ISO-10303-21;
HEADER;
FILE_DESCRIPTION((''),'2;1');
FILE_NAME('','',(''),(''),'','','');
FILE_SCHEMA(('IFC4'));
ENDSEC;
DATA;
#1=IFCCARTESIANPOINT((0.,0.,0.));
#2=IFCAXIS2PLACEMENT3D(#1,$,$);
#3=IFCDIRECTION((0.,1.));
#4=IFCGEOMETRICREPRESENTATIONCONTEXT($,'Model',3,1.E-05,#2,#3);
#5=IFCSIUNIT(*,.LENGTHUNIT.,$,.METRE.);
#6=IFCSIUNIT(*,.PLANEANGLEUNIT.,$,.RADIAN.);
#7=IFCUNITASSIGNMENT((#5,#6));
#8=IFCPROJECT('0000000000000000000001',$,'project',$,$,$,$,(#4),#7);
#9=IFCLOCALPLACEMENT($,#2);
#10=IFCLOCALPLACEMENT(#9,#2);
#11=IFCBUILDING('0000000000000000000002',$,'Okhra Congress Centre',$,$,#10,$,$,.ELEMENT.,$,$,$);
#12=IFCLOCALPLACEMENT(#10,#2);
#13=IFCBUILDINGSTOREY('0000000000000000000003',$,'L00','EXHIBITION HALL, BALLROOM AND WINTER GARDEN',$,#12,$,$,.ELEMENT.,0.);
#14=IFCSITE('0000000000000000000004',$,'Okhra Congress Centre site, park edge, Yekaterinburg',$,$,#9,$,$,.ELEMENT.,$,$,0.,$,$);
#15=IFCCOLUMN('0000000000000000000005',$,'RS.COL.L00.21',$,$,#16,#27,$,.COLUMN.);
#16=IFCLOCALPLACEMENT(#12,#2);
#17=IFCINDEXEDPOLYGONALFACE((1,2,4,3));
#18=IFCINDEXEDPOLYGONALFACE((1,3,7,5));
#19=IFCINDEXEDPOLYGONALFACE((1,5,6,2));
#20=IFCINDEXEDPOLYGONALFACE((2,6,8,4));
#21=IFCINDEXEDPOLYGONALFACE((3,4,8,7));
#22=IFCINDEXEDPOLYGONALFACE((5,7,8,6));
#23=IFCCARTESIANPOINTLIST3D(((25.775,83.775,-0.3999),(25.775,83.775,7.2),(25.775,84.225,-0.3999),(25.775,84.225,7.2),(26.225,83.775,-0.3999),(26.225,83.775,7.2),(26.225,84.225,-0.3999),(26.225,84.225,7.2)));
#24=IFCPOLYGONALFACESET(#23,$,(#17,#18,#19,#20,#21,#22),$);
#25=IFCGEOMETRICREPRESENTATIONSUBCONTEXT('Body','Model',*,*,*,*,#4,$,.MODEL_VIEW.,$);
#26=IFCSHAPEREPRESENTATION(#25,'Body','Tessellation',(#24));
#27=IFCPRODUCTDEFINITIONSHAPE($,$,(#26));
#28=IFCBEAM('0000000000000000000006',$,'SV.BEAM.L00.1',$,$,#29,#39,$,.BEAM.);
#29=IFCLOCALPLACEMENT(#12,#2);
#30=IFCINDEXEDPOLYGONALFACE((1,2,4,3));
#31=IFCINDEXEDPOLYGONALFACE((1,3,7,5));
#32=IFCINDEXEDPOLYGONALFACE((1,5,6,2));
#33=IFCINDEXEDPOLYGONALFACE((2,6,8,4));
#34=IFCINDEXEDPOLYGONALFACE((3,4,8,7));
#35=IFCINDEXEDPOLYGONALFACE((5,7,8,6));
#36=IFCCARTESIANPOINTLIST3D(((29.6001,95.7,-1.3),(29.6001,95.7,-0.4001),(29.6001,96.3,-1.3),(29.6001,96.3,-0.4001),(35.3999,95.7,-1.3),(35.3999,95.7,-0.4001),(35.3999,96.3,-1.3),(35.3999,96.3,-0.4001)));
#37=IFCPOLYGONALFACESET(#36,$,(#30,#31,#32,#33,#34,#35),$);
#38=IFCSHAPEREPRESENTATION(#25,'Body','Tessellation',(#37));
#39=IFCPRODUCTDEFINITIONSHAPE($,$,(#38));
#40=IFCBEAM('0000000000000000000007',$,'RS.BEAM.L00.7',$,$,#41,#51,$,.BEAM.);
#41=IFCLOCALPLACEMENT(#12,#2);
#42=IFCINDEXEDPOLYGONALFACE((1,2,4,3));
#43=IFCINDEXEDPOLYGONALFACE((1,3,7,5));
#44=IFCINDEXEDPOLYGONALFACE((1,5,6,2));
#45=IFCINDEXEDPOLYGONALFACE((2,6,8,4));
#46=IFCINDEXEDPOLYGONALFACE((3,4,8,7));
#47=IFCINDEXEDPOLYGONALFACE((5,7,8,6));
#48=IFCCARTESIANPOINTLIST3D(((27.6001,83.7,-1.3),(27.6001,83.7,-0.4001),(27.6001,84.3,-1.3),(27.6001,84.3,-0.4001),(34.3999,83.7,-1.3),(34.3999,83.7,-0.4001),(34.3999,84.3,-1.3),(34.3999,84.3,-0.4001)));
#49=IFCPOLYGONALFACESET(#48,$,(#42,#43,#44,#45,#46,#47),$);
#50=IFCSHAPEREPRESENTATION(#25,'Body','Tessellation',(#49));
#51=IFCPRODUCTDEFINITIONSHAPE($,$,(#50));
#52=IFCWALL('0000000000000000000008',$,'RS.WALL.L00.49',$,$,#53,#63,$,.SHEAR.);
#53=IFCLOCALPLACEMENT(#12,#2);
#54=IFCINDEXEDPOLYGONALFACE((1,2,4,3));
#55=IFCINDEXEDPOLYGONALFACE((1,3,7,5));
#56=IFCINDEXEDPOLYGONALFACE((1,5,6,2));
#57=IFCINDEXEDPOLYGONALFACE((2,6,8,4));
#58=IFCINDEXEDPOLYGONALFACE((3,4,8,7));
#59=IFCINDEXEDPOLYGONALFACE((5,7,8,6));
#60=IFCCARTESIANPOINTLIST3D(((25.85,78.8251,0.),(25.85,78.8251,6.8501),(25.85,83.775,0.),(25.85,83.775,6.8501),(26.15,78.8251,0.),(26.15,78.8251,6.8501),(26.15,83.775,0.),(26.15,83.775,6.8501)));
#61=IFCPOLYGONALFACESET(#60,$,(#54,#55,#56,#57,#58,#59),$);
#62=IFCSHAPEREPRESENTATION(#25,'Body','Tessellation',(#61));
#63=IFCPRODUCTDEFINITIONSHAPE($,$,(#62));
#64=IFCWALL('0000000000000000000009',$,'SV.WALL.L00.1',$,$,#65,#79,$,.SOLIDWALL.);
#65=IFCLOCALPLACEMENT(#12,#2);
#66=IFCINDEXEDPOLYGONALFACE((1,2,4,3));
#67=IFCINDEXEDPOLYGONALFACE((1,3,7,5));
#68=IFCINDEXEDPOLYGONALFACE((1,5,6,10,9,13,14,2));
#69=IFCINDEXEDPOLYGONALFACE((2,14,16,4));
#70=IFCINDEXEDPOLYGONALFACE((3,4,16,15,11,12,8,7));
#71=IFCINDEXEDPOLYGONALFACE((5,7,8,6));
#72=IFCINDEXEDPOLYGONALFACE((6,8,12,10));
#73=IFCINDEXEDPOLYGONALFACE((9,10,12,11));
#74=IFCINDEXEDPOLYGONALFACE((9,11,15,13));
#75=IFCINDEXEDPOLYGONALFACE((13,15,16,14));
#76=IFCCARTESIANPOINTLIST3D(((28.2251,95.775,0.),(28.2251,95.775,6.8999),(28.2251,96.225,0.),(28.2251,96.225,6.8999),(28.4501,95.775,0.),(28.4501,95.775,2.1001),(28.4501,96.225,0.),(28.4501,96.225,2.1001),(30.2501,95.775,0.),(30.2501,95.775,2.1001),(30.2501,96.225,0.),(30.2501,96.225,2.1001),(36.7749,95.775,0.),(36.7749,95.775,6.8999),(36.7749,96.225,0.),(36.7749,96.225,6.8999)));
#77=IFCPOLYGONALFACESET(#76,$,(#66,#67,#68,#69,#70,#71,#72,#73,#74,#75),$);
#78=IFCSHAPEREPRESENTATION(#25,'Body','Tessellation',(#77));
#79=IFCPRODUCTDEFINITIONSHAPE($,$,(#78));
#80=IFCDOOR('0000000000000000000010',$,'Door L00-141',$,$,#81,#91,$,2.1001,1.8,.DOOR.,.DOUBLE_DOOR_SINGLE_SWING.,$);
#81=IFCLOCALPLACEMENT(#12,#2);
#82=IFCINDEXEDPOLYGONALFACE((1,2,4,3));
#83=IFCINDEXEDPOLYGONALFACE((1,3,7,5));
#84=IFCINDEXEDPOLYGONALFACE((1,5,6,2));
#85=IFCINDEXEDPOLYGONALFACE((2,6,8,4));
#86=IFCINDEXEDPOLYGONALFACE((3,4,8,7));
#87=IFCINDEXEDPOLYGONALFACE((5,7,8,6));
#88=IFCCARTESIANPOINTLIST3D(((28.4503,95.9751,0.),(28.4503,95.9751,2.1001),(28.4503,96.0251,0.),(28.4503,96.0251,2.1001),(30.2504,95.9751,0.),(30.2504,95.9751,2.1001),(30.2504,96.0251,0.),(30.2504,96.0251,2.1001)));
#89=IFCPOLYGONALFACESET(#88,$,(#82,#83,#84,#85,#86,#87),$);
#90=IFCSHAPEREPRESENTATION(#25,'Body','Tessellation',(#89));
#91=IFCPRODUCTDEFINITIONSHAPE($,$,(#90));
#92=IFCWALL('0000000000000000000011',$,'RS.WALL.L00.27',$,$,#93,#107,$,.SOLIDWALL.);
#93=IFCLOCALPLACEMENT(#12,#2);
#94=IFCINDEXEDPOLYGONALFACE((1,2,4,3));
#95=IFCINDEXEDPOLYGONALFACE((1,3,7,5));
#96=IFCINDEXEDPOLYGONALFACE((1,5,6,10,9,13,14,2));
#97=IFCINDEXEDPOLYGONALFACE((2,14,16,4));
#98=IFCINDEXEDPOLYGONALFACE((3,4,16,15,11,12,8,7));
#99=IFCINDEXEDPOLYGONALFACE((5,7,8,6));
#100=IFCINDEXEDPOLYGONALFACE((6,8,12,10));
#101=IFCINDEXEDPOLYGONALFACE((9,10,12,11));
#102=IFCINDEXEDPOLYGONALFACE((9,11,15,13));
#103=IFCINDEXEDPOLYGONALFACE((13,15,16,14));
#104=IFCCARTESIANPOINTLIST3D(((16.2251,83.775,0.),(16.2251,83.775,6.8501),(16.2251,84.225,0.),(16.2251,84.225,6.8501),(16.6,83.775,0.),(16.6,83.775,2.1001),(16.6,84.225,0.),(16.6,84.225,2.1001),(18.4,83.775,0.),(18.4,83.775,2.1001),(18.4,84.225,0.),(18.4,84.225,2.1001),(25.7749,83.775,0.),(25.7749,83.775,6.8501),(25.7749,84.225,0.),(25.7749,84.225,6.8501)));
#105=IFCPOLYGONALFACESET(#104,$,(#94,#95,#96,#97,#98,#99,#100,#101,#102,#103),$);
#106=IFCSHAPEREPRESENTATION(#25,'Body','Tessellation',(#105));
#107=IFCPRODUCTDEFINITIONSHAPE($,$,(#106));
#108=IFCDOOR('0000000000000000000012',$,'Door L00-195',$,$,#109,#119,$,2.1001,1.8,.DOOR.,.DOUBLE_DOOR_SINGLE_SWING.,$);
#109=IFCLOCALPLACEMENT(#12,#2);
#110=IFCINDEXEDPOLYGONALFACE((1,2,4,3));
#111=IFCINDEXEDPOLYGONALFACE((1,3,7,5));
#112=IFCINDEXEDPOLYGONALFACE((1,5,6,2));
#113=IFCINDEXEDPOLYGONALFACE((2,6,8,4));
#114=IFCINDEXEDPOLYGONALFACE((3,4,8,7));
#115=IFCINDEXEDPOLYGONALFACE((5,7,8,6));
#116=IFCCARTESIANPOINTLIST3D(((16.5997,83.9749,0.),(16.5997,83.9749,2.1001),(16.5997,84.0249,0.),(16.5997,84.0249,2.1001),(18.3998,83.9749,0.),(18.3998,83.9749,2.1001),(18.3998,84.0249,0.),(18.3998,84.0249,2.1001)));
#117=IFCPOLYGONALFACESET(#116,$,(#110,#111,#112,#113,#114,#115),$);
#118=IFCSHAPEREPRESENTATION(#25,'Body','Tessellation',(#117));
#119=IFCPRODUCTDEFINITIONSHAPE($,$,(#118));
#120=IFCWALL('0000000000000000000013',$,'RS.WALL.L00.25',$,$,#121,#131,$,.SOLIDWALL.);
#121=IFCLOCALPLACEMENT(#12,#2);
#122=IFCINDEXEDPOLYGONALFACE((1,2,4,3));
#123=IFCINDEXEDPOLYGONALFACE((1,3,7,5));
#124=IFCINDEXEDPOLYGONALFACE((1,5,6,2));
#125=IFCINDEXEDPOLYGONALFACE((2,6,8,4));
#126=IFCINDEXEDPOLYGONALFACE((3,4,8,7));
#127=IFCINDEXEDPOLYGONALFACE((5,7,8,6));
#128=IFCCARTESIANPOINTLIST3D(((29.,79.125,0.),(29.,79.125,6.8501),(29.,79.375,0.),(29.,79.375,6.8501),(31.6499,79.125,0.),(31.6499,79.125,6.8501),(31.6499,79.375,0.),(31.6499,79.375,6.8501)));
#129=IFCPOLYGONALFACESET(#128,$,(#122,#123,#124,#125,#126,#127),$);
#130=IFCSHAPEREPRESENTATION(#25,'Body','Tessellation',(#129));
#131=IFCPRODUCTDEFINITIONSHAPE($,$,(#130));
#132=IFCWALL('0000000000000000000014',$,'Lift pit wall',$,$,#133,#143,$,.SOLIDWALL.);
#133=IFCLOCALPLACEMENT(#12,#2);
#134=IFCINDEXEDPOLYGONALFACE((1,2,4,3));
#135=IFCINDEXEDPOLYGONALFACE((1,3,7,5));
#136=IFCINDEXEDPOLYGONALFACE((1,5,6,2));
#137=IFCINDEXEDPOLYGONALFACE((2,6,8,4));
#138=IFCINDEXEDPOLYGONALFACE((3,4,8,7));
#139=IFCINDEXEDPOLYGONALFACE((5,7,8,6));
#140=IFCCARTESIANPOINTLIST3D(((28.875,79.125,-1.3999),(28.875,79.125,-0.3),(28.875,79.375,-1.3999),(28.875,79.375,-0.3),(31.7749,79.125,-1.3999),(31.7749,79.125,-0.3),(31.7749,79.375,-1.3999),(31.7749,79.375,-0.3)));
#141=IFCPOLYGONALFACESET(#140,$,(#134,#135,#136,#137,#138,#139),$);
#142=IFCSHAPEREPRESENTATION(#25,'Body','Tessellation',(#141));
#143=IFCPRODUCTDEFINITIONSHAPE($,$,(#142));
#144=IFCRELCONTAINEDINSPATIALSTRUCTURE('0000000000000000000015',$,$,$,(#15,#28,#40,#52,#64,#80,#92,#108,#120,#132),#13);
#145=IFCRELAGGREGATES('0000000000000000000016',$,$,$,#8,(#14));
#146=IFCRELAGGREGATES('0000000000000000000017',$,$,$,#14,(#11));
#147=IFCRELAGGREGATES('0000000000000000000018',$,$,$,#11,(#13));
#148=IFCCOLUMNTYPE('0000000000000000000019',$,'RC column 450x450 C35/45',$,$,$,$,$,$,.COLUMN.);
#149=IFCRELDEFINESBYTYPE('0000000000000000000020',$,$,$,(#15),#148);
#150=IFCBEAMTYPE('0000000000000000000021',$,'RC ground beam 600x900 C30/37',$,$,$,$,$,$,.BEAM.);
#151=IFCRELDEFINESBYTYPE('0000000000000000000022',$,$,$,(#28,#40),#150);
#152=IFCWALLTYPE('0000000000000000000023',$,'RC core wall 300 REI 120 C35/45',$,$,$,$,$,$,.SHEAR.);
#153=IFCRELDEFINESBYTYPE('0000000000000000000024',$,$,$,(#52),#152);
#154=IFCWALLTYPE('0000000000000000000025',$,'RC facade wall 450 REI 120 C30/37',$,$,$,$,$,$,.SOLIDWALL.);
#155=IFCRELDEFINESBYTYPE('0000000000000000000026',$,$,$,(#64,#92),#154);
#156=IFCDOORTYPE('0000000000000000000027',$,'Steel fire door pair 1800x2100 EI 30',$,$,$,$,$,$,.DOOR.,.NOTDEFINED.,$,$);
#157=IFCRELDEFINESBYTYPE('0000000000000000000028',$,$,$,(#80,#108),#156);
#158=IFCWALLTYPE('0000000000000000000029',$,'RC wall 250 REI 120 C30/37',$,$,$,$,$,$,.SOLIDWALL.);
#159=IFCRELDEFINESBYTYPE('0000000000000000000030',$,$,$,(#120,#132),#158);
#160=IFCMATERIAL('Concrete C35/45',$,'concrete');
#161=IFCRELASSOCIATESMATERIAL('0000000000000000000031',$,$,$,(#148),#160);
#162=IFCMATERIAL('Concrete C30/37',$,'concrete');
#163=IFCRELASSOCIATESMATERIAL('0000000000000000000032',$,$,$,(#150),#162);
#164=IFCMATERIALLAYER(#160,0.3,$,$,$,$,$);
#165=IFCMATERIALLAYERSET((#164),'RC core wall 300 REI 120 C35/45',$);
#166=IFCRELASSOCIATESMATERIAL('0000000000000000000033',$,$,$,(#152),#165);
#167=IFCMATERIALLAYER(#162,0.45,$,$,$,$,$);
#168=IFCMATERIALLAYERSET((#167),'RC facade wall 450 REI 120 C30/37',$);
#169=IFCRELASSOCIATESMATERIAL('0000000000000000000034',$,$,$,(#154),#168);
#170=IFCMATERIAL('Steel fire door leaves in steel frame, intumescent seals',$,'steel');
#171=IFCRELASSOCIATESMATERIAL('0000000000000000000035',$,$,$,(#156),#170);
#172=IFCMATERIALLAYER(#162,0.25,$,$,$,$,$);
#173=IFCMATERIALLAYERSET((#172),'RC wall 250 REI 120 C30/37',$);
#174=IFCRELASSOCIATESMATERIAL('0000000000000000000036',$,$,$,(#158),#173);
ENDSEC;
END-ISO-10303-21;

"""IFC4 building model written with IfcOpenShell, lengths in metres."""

from ifc_helpers import new_model, si_unit, direction, frame, frame_2d, origin, origin_2d, place, context, subcontext, project, spatial, rectangle, extrude, material, layer, layer_set, material_profile, profile_set, type_object, element, fill, save


model = new_model("IFC4")

# Units and contexts
model_context = context("Model", 3, precision=1e-05, world=origin(), true_north=direction((0.0, 1.0)))
body_context = subcontext(model_context, "Body", "Model", "MODEL_VIEW")
ifc_project = project(units=[si_unit("LENGTHUNIT", "METRE"), si_unit("PLANEANGLEUNIT", "RADIAN")], contexts=[model_context])

# Site, building, storey
site_placement = place(None, origin())
site = spatial("IfcSite", under=ifc_project, at=site_placement, Name="Okhra Congress Centre site, park edge, Yekaterinburg", CompositionType="ELEMENT", RefElevation=0.0)
building_placement = place(site_placement, origin())
building = spatial("IfcBuilding", under=site, at=building_placement, Name="Okhra Congress Centre", CompositionType="ELEMENT")
storey_placement = place(building_placement, origin())
storey = spatial("IfcBuildingStorey", under=building, at=storey_placement, Name="L00", Description="EXHIBITION HALL, BALLROOM AND WINTER GARDEN", CompositionType="ELEMENT", Elevation=0.0)

# Shared definitions
ifc_material_1 = material(Name="Concrete C30/37", Category="concrete")

# Column
ifc_material_2 = material(Name="Concrete C35/45", Category="concrete")
ifc_material_profile_1 = material_profile(ifc_material_2, rectangle(XDim=0.45, YDim=0.45, at=origin_2d()), Name="RC 450x450")
ifc_profile_set_1 = profile_set([ifc_material_profile_1], Name="Concrete C35/45")
column_type = type_object("IfcColumnType", Name="RC column 450x450 C35/45", PredefinedType="COLUMN", material=ifc_profile_set_1)
for number, where, z_axis, x_axis, name in (
    (1, (26.0, 84.0, -0.3999), (0.0, 0.0, 1.0), (1.0, 0.0, 0.0), "RS.COL.L00.21"),
):
    element("IfcColumn", number, at=place(storey_placement, frame(where, z_axis=z_axis, x_axis=x_axis)), inside=storey, type_object=column_type, Name=name, PredefinedType="COLUMN", context=body_context, shape_type="SweptSolid", body=[
        extrude(rectangle(XDim=0.45, YDim=0.45, at=origin_2d()), origin(), (0.0, 0.0, 1.0), 7.5999),
    ])

# Beams
ifc_material_profile_2 = material_profile(ifc_material_1, rectangle(XDim=0.6001, YDim=0.8999, at=origin_2d()), Name="RC 600x900")
ifc_profile_set_2 = profile_set([ifc_material_profile_2], Name="Concrete C30/37")
beam_type = type_object("IfcBeamType", Name="RC ground beam 600x900 C30/37", PredefinedType="BEAM", material=ifc_profile_set_2)
beam_1_placement = place(storey_placement, frame((29.6001, 96.0, -0.8501), z_axis=(1.0, 0.0, 0.0), x_axis=(0.0, 1.0, 0.0)))
element("IfcBeam", 2, at=beam_1_placement, inside=storey, type_object=beam_type, Name="SV.BEAM.L00.1", PredefinedType="BEAM", context=body_context, shape_type="SweptSolid", body=[
    extrude(rectangle(XDim=0.6001, YDim=0.8999, at=origin_2d()), origin(), (0.0, 0.0, 1.0), 5.7998),
])
beam_2_placement = place(storey_placement, frame((27.6001, 84.0, -0.8501), z_axis=(1.0, 0.0, 0.0), x_axis=(0.0, 1.0, 0.0)))
element("IfcBeam", 3, at=beam_2_placement, inside=storey, type_object=beam_type, Name="RS.BEAM.L00.7", PredefinedType="BEAM", context=body_context, shape_type="SweptSolid", body=[
    extrude(rectangle(XDim=0.6001, YDim=0.8999, at=origin_2d()), origin(), (0.0, 0.0, 1.0), 6.7998),
])

# Wall
ifc_layer_1 = layer(ifc_material_2, 0.3)
ifc_layer_set_1 = layer_set([ifc_layer_1], Name="RC core wall 300 REI 120 C35/45")
wall_type_1 = type_object("IfcWallType", Name="RC core wall 300 REI 120 C35/45", PredefinedType="SHEAR", material=ifc_layer_set_1)
wall_1_placement = place(storey_placement, frame((26.0, 78.825, 0.0), z_axis=(0.0, 0.0, 1.0), x_axis=(0.0, 1.0, 0.0)))
element("IfcWall", 4, at=wall_1_placement, inside=storey, type_object=wall_type_1, Name="RS.WALL.L00.49", PredefinedType="SHEAR", context=body_context, shape_type="SweptSolid", body=[
    extrude(rectangle(XDim=4.95, YDim=0.3, at=frame_2d((2.4751, 0.0))), origin(), (0.0, 0.0, 1.0), 6.8501),
])

# Walls, openings, doors
ifc_layer_2 = layer(ifc_material_1, 0.45)
ifc_layer_set_2 = layer_set([ifc_layer_2], Name="RC facade wall 450 REI 120 C30/37")
wall_type_2 = type_object("IfcWallType", Name="RC facade wall 450 REI 120 C30/37", PredefinedType="SOLIDWALL", material=ifc_layer_set_2)
wall_2_placement = place(storey_placement, frame((28.2251, 96.0, 0.0), z_axis=(0.0, 0.0, 1.0), x_axis=(1.0, 0.0, 0.0)))
wall_2 = element("IfcWall", 5, at=wall_2_placement, inside=storey, type_object=wall_type_2, Name="SV.WALL.L00.1", PredefinedType="SOLIDWALL", context=body_context, shape_type="SweptSolid", body=[
    extrude(rectangle(XDim=8.5498, YDim=0.45, at=frame_2d((4.2749, 0.0))), origin(), (0.0, 0.0, 1.0), 6.8999),
])
opening_1_placement = place(wall_2_placement, frame((0.2251, 0.0, 0.0)))
opening_1 = element("IfcOpeningElement", 6, at=opening_1_placement, cuts=wall_2, PredefinedType="OPENING", context=body_context, shape_type="SweptSolid", body=[
    extrude(rectangle(XDim=1.8, YDim=2.1001, at=frame_2d((0.8999, 1.05))), frame((0.0, 0.2349, 0.0), z_axis=(0.0, -1.0, 0.0), x_axis=(1.0, 0.0, 0.0)), (0.0, 0.0, 1.0), 0.47),
])
ifc_material_3 = material(Name="Steel fire door leaves in steel frame, intumescent seals", Category="steel")
door_type = type_object("IfcDoorType", Name="Steel fire door pair 1800x2100 EI 30", OperationType="NOTDEFINED", PredefinedType="DOOR", material=ifc_material_3)
door_1_placement = place(opening_1_placement, frame((1.8, 0.0, 0.0), z_axis=(0.0, 0.0, 1.0), x_axis=(-1.0, 0.0, 0.0)))
door_1 = element("IfcDoor", 7, at=door_1_placement, inside=storey, type_object=door_type, Name="Door L00-141", OperationType="DOUBLE_DOOR_SINGLE_SWING", OverallHeight=2.1001, OverallWidth=1.8, PredefinedType="DOOR", context=body_context, shape_type="SweptSolid", body=[
    extrude(rectangle(XDim=1.8, YDim=2.1001, at=frame_2d((0.8999, 1.05))), frame((0.0, 0.0249, 0.0), z_axis=(0.0, -1.0, 0.0), x_axis=(1.0, 0.0, 0.0)), (0.0, 0.0, 1.0), 0.05),
])
fill(opening_1, door_1)
wall_3_placement = place(storey_placement, frame((25.7749, 84.0, 0.0), z_axis=(0.0, 0.0, 1.0), x_axis=(-1.0, 0.0, 0.0)))
wall_3 = element("IfcWall", 8, at=wall_3_placement, inside=storey, type_object=wall_type_2, Name="RS.WALL.L00.27", PredefinedType="SOLIDWALL", context=body_context, shape_type="SweptSolid", body=[
    extrude(rectangle(XDim=9.5498, YDim=0.45, at=frame_2d((4.7749, 0.0))), origin(), (0.0, 0.0, 1.0), 6.8501),
])
opening_2_placement = place(wall_3_placement, frame((7.375, 0.0, 0.0)))
opening_2 = element("IfcOpeningElement", 9, at=opening_2_placement, cuts=wall_3, PredefinedType="OPENING", context=body_context, shape_type="SweptSolid", body=[
    extrude(rectangle(XDim=1.8, YDim=2.1001, at=frame_2d((0.8999, 1.05))), frame((0.0, 0.2349, 0.0), z_axis=(0.0, -1.0, 0.0), x_axis=(1.0, 0.0, 0.0)), (0.0, 0.0, 1.0), 0.47),
])
door_2_placement = place(opening_2_placement, frame((1.8, 0.0, 0.0), z_axis=(0.0, 0.0, 1.0), x_axis=(-1.0, 0.0, 0.0)))
door_2 = element("IfcDoor", 10, at=door_2_placement, inside=storey, type_object=door_type, Name="Door L00-195", OperationType="DOUBLE_DOOR_SINGLE_SWING", OverallHeight=2.1001, OverallWidth=1.8, PredefinedType="DOOR", context=body_context, shape_type="SweptSolid", body=[
    extrude(rectangle(XDim=1.8, YDim=2.1001, at=frame_2d((0.8999, 1.05))), frame((0.0, 0.0249, 0.0), z_axis=(0.0, -1.0, 0.0), x_axis=(1.0, 0.0, 0.0)), (0.0, 0.0, 1.0), 0.05),
])
fill(opening_2, door_2)

# Walls
ifc_layer_3 = layer(ifc_material_1, 0.25)
ifc_layer_set_3 = layer_set([ifc_layer_3], Name="RC wall 250 REI 120 C30/37")
wall_type_3 = type_object("IfcWallType", Name="RC wall 250 REI 120 C30/37", PredefinedType="SOLIDWALL", material=ifc_layer_set_3)
wall_4_placement = place(storey_placement, frame((29.0, 79.25, 0.0), z_axis=(0.0, 0.0, 1.0), x_axis=(1.0, 0.0, 0.0)))
element("IfcWall", 11, at=wall_4_placement, inside=storey, type_object=wall_type_3, Name="RS.WALL.L00.25", PredefinedType="SOLIDWALL", context=body_context, shape_type="SweptSolid", body=[
    extrude(rectangle(XDim=2.6499, YDim=0.25, at=frame_2d((1.325, 0.0))), origin(), (0.0, 0.0, 1.0), 6.8501),
])
wall_5_placement = place(storey_placement, frame((28.875, 79.25, -1.3999), z_axis=(0.0, 0.0, 1.0), x_axis=(1.0, 0.0, 0.0)))
element("IfcWall", 12, at=wall_5_placement, inside=storey, type_object=wall_type_3, Name="Lift pit wall", PredefinedType="SOLIDWALL", context=body_context, shape_type="SweptSolid", body=[
    extrude(rectangle(XDim=2.8999, YDim=0.25, at=frame_2d((1.45, 0.0))), origin(), (0.0, 0.0, 1.0), 1.0999),
])

save(model, "model.ifc")
